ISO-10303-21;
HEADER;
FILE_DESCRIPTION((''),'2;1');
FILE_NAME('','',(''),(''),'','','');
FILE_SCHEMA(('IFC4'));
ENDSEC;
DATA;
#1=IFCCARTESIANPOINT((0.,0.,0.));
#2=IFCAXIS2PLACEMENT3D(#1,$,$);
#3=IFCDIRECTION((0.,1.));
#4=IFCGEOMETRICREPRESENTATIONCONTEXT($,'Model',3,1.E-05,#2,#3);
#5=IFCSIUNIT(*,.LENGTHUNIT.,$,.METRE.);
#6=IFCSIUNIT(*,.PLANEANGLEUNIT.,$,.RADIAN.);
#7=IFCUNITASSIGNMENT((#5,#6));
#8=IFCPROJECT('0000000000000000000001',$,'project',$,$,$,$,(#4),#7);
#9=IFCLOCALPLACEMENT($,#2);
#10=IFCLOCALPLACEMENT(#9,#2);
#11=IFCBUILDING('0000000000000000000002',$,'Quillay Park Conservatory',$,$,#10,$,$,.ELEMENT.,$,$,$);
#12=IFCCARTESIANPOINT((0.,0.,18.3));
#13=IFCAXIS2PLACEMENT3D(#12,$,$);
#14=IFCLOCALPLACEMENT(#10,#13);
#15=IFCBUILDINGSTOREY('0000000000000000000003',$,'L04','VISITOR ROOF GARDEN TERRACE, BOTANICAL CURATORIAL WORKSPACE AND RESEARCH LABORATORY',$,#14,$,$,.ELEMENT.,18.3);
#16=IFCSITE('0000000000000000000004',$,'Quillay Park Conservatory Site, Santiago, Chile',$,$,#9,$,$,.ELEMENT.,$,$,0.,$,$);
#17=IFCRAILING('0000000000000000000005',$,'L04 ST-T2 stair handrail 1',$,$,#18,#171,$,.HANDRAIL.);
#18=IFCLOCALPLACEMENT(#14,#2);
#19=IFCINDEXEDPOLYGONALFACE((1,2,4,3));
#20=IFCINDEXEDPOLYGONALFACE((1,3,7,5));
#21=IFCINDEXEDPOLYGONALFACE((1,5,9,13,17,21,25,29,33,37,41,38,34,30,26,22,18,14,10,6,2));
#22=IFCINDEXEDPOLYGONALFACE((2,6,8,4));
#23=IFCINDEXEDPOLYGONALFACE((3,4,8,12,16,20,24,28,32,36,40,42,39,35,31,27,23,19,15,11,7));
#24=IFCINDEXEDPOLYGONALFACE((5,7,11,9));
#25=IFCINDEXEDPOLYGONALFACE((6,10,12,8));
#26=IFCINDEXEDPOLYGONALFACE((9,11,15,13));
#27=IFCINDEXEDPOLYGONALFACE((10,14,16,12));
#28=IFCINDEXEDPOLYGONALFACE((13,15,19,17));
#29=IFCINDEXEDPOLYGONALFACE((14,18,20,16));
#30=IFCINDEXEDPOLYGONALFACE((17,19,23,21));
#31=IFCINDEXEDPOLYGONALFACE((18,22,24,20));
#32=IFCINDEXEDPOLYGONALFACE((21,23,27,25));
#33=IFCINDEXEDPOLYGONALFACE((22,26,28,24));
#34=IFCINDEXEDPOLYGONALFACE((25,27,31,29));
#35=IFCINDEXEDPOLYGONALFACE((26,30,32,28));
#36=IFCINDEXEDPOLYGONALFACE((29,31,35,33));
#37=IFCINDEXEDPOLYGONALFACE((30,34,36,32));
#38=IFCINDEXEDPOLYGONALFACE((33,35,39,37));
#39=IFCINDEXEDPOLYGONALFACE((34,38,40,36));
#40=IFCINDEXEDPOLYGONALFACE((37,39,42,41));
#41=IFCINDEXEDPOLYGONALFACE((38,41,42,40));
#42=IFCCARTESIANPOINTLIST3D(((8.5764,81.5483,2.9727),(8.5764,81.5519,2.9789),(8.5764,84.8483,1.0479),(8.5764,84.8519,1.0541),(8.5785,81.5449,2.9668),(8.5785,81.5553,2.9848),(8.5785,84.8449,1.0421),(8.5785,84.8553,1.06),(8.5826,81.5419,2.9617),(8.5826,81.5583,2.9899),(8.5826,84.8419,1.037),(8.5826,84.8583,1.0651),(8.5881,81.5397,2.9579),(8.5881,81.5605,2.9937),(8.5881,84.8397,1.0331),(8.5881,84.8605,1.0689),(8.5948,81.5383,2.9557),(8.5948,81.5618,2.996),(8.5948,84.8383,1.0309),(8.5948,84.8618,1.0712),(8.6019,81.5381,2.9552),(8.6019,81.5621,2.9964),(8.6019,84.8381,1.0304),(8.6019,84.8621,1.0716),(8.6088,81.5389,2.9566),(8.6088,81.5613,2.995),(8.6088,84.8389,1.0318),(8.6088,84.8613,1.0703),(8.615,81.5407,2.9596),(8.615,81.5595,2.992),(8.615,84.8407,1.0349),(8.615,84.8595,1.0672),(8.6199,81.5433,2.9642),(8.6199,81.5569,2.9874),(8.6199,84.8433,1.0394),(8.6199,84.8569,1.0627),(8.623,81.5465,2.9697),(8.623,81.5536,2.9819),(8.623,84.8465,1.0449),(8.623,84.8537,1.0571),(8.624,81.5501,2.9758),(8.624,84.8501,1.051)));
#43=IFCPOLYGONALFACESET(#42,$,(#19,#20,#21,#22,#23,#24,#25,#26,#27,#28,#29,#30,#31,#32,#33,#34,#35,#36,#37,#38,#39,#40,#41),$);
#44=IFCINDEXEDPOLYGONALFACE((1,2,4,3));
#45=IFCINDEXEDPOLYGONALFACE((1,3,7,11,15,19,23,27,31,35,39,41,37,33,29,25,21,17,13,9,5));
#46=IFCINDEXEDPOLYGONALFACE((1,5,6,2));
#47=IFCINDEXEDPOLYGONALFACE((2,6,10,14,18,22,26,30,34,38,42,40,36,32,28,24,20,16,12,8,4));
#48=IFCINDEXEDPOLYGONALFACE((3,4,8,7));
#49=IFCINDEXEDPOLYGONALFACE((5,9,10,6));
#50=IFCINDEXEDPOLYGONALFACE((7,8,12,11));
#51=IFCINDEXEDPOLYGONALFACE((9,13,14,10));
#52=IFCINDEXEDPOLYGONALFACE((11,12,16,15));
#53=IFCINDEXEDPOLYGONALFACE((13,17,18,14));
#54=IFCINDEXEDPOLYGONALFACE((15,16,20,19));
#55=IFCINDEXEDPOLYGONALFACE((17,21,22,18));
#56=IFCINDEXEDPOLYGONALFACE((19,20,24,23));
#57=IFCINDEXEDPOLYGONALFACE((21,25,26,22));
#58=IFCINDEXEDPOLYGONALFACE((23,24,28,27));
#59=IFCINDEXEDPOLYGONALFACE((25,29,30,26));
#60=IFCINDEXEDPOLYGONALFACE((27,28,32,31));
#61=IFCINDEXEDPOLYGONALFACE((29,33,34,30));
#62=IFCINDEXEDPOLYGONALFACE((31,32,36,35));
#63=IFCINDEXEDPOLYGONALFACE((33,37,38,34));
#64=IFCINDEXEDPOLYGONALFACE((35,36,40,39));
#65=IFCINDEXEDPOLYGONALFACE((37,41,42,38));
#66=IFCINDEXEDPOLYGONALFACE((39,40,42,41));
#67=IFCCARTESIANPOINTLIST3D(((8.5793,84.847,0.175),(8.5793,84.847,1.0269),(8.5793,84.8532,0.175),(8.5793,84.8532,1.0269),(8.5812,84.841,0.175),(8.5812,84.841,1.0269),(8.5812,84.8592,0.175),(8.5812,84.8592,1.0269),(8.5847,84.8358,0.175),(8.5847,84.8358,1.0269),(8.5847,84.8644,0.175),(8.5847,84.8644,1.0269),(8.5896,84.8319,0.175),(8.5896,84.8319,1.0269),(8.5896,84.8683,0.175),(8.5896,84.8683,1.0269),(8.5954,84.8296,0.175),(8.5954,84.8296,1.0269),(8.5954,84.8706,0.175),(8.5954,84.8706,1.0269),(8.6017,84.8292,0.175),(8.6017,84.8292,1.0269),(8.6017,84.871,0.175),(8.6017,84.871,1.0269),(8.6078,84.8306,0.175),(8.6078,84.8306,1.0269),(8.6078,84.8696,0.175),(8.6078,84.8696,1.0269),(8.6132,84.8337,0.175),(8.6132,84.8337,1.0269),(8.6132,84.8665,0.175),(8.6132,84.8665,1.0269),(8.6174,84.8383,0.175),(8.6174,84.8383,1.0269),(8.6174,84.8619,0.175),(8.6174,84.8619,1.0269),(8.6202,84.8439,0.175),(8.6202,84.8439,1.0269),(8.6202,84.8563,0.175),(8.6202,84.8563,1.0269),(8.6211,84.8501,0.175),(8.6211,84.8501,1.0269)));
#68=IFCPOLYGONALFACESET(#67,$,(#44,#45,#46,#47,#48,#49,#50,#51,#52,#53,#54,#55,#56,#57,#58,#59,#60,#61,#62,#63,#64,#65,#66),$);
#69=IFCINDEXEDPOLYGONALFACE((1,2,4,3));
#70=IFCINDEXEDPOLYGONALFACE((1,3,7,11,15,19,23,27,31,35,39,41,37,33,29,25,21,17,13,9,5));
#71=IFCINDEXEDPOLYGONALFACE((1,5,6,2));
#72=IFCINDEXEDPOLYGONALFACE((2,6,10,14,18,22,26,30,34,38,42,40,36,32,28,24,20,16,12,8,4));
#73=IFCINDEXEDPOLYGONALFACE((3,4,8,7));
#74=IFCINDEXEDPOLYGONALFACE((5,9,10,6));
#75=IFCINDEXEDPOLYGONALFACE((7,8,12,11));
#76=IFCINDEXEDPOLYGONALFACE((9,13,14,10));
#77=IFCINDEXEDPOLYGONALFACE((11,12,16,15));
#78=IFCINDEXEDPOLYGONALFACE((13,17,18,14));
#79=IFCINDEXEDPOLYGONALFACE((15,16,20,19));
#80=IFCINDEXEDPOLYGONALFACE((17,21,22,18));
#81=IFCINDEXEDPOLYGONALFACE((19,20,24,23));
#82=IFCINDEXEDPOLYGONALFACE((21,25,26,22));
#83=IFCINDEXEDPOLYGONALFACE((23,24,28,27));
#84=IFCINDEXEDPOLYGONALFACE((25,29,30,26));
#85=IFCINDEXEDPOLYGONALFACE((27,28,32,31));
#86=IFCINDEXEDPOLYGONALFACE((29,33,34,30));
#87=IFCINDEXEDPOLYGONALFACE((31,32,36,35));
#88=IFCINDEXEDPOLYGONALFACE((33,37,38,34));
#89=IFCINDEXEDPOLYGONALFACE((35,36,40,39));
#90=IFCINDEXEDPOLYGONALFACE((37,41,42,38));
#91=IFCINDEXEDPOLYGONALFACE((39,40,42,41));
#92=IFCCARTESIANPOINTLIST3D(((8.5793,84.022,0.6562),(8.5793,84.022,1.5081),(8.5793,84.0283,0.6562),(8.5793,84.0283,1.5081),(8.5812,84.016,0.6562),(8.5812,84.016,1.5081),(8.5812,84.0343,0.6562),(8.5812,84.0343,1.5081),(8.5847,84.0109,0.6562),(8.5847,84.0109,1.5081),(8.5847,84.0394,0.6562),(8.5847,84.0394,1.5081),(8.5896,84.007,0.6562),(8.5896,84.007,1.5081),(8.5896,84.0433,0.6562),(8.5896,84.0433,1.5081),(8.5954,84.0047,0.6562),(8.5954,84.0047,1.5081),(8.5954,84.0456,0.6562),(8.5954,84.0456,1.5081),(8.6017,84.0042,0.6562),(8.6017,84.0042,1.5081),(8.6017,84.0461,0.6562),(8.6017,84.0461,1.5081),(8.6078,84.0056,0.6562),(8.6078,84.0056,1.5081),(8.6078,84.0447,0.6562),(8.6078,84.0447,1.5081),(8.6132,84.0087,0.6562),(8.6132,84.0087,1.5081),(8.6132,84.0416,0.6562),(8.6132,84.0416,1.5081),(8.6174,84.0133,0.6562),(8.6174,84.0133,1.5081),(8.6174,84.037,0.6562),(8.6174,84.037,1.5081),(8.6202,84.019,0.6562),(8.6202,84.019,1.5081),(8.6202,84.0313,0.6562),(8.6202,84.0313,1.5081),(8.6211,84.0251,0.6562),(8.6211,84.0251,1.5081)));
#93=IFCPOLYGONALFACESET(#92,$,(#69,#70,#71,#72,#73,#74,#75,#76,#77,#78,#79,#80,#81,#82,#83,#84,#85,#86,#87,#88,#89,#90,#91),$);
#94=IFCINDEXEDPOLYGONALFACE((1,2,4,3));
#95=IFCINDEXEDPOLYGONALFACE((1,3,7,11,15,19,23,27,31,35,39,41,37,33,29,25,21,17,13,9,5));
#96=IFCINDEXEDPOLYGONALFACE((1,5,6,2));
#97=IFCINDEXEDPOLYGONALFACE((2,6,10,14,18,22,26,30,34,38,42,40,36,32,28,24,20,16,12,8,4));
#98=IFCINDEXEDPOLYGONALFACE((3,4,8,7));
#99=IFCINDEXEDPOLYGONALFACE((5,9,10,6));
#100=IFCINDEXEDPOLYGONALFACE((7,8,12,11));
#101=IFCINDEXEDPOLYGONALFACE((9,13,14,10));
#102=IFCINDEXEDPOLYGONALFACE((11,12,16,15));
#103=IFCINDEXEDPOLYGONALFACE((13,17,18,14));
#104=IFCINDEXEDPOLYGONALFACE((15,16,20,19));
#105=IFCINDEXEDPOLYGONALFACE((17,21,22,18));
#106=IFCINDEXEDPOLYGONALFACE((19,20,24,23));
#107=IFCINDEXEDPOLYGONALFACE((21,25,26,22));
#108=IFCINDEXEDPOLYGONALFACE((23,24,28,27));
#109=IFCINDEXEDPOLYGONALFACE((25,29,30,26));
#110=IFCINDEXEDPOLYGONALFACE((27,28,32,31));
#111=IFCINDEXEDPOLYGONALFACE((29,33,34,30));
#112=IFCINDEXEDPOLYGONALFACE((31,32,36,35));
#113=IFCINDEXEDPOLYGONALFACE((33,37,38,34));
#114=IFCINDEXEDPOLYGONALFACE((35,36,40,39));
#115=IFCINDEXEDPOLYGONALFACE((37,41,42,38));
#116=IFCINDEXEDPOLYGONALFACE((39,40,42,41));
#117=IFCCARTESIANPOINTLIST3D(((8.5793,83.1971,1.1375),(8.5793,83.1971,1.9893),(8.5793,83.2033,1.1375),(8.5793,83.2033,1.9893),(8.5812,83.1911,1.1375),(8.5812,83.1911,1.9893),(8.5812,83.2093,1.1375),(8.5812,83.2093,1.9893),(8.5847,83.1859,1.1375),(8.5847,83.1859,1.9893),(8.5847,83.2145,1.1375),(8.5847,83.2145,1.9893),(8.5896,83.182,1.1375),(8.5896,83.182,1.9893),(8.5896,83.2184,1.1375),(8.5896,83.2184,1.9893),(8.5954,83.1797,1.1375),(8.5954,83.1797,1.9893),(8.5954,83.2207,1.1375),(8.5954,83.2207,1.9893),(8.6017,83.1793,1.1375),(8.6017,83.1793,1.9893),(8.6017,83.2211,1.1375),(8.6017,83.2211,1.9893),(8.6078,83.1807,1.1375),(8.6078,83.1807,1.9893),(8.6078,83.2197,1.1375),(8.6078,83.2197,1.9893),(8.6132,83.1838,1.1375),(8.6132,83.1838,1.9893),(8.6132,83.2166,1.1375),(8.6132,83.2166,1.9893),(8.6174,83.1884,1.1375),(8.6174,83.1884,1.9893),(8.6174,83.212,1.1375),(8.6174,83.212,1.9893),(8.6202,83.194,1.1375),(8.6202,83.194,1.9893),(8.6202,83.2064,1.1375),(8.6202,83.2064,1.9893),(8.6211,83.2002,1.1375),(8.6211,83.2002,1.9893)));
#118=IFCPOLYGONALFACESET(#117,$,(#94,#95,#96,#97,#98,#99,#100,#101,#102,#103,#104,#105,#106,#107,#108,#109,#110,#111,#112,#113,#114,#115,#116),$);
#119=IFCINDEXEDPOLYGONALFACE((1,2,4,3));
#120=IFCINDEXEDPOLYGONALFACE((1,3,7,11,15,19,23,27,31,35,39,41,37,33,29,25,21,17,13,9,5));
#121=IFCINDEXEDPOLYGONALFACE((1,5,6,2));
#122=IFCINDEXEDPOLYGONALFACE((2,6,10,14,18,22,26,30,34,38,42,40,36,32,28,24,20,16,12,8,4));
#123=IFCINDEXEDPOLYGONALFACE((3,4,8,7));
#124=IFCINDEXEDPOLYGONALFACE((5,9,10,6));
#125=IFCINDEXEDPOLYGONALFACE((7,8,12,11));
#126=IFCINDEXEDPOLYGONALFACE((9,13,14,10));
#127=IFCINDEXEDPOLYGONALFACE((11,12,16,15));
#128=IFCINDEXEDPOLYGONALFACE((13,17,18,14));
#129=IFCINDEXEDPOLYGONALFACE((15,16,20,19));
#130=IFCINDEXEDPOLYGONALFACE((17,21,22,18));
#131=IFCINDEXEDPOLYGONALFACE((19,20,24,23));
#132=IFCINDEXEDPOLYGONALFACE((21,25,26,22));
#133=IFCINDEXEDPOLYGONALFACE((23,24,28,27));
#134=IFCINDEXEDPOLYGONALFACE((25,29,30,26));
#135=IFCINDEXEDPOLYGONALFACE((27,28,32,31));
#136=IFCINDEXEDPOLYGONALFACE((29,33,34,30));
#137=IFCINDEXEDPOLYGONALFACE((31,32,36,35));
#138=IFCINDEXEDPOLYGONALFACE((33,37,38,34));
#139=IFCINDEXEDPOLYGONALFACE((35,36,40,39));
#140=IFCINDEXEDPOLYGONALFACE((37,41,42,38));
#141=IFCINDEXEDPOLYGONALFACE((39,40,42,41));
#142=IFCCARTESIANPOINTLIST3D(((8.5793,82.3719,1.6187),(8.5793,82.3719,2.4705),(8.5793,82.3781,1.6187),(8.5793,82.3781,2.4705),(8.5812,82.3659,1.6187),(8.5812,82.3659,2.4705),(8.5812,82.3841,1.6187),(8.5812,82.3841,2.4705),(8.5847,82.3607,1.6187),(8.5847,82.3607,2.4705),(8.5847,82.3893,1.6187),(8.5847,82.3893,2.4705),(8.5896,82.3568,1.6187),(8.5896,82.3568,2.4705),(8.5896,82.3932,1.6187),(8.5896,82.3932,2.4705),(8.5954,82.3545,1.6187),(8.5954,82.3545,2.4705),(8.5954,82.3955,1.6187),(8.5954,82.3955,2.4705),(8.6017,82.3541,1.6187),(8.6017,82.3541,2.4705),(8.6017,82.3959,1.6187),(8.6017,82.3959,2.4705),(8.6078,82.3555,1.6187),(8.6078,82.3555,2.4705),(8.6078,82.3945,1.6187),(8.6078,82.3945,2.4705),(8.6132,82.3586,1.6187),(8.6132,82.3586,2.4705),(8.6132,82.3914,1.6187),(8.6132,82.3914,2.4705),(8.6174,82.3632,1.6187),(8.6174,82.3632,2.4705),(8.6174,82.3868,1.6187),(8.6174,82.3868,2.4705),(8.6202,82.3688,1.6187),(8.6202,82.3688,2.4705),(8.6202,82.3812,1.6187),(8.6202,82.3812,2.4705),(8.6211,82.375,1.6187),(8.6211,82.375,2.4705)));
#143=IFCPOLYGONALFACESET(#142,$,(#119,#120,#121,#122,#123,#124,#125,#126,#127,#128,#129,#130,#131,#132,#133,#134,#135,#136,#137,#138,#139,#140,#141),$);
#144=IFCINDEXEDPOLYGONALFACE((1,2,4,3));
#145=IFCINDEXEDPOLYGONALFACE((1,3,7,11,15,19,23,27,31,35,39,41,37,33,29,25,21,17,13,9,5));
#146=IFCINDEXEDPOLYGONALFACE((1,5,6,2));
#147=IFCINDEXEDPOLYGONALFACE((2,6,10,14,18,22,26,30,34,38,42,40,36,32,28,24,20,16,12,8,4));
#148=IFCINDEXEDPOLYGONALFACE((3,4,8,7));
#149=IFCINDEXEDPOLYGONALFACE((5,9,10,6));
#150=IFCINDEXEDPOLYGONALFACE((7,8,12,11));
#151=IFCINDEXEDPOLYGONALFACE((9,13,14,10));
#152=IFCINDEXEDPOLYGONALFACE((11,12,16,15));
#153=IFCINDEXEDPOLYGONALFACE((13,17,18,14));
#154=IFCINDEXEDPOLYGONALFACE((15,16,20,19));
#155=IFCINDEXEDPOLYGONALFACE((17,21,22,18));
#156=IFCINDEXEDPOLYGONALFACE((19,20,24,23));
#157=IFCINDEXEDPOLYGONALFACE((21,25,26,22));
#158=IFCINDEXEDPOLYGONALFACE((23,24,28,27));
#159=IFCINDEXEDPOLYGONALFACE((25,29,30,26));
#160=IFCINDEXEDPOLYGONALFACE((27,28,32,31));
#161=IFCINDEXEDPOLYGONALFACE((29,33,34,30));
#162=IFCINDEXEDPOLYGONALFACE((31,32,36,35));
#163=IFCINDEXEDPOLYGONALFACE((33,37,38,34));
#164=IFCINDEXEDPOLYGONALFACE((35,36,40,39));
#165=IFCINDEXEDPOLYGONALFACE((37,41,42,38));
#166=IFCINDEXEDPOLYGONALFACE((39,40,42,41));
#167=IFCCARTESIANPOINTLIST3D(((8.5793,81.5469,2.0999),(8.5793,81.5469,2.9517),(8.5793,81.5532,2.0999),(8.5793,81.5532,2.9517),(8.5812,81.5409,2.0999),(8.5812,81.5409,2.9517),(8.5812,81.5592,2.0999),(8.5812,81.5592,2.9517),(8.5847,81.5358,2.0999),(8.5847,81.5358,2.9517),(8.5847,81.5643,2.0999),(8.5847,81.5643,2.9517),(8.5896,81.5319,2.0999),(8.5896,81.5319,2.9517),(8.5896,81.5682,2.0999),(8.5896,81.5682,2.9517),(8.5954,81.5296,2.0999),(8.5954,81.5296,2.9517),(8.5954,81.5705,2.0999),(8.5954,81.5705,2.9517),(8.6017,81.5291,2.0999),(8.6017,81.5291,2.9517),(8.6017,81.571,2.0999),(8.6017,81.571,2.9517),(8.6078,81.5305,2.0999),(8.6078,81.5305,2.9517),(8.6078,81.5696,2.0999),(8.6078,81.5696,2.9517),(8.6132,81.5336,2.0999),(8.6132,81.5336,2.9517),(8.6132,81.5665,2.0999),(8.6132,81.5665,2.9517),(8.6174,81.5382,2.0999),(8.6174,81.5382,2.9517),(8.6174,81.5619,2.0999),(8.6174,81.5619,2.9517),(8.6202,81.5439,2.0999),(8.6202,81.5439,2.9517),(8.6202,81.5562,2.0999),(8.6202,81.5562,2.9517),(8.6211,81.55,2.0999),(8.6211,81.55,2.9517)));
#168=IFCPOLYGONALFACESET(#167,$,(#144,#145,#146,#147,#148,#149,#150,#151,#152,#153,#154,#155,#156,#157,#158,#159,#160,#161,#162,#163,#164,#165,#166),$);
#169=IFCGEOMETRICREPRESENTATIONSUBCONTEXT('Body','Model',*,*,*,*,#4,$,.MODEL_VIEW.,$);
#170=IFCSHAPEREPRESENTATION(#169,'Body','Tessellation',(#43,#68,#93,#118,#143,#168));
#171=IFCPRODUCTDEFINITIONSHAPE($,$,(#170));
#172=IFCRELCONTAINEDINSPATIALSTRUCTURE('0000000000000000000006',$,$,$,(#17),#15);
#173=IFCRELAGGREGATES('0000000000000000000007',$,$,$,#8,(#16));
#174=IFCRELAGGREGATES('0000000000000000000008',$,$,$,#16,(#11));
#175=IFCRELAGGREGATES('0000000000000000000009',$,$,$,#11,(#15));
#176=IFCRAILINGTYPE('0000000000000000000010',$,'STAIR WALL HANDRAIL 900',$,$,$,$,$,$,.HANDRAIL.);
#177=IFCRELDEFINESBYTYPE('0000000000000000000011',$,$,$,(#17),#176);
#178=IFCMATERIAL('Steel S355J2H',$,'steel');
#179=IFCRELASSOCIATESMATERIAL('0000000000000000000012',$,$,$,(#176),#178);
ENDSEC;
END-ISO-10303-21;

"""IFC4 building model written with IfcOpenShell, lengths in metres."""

from ifc_helpers import new_model, si_unit, direction, frame, origin, origin_2d, place, context, subcontext, project, spatial, circle, extrude, material, type_object, element, save


model = new_model("IFC4")

# Units and contexts
model_context = context("Model", 3, precision=1e-05, world=origin(), true_north=direction((0.0, 1.0)))
body_context = subcontext(model_context, "Body", "Model", "MODEL_VIEW")
ifc_project = project(units=[si_unit("LENGTHUNIT", "METRE"), si_unit("PLANEANGLEUNIT", "RADIAN")], contexts=[model_context])

# Site, building, storey
site_placement = place(None, origin())
site = spatial("IfcSite", under=ifc_project, at=site_placement, Name="Quillay Park Conservatory Site, Santiago, Chile", CompositionType="ELEMENT", RefElevation=0.0)
building_placement = place(site_placement, origin())
building = spatial("IfcBuilding", under=site, at=building_placement, Name="Quillay Park Conservatory", CompositionType="ELEMENT")
storey_placement = place(building_placement, frame((0.0, 0.0, 18.3)))
storey = spatial("IfcBuildingStorey", under=building, at=storey_placement, Name="L04", Description="VISITOR ROOF GARDEN TERRACE, BOTANICAL CURATORIAL WORKSPACE AND RESEARCH LABORATORY", CompositionType="ELEMENT", Elevation=18.3)

# Railing
ifc_material_1 = material(Name="Steel S355J2H", Category="steel")
railing_type_1 = type_object("IfcRailingType", Name="STAIR WALL HANDRAIL 900", PredefinedType="HANDRAIL", material=ifc_material_1)
railing_1_placement = place(storey_placement, frame((8.6001, 84.8501, 0.175)))
element("IfcRailing", 1, at=railing_1_placement, inside=storey, type_object=railing_type_1, Name="L04 ST-T2 stair handrail 1", PredefinedType="HANDRAIL", context=body_context, shape_type="SweptSolid", body=[
    extrude(circle(Radius=0.0239, at=origin_2d()), frame((0.0, 0.0, 0.876), z_axis=(0.0, -0.863804, 0.503827), x_axis=(1.0, 0.0, 0.0)), (0.0, 0.0, 1.0), 3.8203),
    extrude(circle(Radius=0.021, at=origin_2d()), origin(), (0.0, 0.0, 1.0), 0.8518),
    extrude(circle(Radius=0.021, at=origin_2d()), frame((0.0, -0.825, 0.4812)), (0.0, 0.0, 1.0), 0.8518),
    extrude(circle(Radius=0.021, at=origin_2d()), frame((0.0, -1.6499, 0.9624)), (0.0, 0.0, 1.0), 0.8518),
    extrude(circle(Radius=0.021, at=origin_2d()), frame((0.0, -2.4751, 1.4436)), (0.0, 0.0, 1.0), 0.8518),
    extrude(circle(Radius=0.021, at=origin_2d()), frame((0.0, -3.3, 1.9248)), (0.0, 0.0, 1.0), 0.8518),
])

save(model, "model.ifc")
